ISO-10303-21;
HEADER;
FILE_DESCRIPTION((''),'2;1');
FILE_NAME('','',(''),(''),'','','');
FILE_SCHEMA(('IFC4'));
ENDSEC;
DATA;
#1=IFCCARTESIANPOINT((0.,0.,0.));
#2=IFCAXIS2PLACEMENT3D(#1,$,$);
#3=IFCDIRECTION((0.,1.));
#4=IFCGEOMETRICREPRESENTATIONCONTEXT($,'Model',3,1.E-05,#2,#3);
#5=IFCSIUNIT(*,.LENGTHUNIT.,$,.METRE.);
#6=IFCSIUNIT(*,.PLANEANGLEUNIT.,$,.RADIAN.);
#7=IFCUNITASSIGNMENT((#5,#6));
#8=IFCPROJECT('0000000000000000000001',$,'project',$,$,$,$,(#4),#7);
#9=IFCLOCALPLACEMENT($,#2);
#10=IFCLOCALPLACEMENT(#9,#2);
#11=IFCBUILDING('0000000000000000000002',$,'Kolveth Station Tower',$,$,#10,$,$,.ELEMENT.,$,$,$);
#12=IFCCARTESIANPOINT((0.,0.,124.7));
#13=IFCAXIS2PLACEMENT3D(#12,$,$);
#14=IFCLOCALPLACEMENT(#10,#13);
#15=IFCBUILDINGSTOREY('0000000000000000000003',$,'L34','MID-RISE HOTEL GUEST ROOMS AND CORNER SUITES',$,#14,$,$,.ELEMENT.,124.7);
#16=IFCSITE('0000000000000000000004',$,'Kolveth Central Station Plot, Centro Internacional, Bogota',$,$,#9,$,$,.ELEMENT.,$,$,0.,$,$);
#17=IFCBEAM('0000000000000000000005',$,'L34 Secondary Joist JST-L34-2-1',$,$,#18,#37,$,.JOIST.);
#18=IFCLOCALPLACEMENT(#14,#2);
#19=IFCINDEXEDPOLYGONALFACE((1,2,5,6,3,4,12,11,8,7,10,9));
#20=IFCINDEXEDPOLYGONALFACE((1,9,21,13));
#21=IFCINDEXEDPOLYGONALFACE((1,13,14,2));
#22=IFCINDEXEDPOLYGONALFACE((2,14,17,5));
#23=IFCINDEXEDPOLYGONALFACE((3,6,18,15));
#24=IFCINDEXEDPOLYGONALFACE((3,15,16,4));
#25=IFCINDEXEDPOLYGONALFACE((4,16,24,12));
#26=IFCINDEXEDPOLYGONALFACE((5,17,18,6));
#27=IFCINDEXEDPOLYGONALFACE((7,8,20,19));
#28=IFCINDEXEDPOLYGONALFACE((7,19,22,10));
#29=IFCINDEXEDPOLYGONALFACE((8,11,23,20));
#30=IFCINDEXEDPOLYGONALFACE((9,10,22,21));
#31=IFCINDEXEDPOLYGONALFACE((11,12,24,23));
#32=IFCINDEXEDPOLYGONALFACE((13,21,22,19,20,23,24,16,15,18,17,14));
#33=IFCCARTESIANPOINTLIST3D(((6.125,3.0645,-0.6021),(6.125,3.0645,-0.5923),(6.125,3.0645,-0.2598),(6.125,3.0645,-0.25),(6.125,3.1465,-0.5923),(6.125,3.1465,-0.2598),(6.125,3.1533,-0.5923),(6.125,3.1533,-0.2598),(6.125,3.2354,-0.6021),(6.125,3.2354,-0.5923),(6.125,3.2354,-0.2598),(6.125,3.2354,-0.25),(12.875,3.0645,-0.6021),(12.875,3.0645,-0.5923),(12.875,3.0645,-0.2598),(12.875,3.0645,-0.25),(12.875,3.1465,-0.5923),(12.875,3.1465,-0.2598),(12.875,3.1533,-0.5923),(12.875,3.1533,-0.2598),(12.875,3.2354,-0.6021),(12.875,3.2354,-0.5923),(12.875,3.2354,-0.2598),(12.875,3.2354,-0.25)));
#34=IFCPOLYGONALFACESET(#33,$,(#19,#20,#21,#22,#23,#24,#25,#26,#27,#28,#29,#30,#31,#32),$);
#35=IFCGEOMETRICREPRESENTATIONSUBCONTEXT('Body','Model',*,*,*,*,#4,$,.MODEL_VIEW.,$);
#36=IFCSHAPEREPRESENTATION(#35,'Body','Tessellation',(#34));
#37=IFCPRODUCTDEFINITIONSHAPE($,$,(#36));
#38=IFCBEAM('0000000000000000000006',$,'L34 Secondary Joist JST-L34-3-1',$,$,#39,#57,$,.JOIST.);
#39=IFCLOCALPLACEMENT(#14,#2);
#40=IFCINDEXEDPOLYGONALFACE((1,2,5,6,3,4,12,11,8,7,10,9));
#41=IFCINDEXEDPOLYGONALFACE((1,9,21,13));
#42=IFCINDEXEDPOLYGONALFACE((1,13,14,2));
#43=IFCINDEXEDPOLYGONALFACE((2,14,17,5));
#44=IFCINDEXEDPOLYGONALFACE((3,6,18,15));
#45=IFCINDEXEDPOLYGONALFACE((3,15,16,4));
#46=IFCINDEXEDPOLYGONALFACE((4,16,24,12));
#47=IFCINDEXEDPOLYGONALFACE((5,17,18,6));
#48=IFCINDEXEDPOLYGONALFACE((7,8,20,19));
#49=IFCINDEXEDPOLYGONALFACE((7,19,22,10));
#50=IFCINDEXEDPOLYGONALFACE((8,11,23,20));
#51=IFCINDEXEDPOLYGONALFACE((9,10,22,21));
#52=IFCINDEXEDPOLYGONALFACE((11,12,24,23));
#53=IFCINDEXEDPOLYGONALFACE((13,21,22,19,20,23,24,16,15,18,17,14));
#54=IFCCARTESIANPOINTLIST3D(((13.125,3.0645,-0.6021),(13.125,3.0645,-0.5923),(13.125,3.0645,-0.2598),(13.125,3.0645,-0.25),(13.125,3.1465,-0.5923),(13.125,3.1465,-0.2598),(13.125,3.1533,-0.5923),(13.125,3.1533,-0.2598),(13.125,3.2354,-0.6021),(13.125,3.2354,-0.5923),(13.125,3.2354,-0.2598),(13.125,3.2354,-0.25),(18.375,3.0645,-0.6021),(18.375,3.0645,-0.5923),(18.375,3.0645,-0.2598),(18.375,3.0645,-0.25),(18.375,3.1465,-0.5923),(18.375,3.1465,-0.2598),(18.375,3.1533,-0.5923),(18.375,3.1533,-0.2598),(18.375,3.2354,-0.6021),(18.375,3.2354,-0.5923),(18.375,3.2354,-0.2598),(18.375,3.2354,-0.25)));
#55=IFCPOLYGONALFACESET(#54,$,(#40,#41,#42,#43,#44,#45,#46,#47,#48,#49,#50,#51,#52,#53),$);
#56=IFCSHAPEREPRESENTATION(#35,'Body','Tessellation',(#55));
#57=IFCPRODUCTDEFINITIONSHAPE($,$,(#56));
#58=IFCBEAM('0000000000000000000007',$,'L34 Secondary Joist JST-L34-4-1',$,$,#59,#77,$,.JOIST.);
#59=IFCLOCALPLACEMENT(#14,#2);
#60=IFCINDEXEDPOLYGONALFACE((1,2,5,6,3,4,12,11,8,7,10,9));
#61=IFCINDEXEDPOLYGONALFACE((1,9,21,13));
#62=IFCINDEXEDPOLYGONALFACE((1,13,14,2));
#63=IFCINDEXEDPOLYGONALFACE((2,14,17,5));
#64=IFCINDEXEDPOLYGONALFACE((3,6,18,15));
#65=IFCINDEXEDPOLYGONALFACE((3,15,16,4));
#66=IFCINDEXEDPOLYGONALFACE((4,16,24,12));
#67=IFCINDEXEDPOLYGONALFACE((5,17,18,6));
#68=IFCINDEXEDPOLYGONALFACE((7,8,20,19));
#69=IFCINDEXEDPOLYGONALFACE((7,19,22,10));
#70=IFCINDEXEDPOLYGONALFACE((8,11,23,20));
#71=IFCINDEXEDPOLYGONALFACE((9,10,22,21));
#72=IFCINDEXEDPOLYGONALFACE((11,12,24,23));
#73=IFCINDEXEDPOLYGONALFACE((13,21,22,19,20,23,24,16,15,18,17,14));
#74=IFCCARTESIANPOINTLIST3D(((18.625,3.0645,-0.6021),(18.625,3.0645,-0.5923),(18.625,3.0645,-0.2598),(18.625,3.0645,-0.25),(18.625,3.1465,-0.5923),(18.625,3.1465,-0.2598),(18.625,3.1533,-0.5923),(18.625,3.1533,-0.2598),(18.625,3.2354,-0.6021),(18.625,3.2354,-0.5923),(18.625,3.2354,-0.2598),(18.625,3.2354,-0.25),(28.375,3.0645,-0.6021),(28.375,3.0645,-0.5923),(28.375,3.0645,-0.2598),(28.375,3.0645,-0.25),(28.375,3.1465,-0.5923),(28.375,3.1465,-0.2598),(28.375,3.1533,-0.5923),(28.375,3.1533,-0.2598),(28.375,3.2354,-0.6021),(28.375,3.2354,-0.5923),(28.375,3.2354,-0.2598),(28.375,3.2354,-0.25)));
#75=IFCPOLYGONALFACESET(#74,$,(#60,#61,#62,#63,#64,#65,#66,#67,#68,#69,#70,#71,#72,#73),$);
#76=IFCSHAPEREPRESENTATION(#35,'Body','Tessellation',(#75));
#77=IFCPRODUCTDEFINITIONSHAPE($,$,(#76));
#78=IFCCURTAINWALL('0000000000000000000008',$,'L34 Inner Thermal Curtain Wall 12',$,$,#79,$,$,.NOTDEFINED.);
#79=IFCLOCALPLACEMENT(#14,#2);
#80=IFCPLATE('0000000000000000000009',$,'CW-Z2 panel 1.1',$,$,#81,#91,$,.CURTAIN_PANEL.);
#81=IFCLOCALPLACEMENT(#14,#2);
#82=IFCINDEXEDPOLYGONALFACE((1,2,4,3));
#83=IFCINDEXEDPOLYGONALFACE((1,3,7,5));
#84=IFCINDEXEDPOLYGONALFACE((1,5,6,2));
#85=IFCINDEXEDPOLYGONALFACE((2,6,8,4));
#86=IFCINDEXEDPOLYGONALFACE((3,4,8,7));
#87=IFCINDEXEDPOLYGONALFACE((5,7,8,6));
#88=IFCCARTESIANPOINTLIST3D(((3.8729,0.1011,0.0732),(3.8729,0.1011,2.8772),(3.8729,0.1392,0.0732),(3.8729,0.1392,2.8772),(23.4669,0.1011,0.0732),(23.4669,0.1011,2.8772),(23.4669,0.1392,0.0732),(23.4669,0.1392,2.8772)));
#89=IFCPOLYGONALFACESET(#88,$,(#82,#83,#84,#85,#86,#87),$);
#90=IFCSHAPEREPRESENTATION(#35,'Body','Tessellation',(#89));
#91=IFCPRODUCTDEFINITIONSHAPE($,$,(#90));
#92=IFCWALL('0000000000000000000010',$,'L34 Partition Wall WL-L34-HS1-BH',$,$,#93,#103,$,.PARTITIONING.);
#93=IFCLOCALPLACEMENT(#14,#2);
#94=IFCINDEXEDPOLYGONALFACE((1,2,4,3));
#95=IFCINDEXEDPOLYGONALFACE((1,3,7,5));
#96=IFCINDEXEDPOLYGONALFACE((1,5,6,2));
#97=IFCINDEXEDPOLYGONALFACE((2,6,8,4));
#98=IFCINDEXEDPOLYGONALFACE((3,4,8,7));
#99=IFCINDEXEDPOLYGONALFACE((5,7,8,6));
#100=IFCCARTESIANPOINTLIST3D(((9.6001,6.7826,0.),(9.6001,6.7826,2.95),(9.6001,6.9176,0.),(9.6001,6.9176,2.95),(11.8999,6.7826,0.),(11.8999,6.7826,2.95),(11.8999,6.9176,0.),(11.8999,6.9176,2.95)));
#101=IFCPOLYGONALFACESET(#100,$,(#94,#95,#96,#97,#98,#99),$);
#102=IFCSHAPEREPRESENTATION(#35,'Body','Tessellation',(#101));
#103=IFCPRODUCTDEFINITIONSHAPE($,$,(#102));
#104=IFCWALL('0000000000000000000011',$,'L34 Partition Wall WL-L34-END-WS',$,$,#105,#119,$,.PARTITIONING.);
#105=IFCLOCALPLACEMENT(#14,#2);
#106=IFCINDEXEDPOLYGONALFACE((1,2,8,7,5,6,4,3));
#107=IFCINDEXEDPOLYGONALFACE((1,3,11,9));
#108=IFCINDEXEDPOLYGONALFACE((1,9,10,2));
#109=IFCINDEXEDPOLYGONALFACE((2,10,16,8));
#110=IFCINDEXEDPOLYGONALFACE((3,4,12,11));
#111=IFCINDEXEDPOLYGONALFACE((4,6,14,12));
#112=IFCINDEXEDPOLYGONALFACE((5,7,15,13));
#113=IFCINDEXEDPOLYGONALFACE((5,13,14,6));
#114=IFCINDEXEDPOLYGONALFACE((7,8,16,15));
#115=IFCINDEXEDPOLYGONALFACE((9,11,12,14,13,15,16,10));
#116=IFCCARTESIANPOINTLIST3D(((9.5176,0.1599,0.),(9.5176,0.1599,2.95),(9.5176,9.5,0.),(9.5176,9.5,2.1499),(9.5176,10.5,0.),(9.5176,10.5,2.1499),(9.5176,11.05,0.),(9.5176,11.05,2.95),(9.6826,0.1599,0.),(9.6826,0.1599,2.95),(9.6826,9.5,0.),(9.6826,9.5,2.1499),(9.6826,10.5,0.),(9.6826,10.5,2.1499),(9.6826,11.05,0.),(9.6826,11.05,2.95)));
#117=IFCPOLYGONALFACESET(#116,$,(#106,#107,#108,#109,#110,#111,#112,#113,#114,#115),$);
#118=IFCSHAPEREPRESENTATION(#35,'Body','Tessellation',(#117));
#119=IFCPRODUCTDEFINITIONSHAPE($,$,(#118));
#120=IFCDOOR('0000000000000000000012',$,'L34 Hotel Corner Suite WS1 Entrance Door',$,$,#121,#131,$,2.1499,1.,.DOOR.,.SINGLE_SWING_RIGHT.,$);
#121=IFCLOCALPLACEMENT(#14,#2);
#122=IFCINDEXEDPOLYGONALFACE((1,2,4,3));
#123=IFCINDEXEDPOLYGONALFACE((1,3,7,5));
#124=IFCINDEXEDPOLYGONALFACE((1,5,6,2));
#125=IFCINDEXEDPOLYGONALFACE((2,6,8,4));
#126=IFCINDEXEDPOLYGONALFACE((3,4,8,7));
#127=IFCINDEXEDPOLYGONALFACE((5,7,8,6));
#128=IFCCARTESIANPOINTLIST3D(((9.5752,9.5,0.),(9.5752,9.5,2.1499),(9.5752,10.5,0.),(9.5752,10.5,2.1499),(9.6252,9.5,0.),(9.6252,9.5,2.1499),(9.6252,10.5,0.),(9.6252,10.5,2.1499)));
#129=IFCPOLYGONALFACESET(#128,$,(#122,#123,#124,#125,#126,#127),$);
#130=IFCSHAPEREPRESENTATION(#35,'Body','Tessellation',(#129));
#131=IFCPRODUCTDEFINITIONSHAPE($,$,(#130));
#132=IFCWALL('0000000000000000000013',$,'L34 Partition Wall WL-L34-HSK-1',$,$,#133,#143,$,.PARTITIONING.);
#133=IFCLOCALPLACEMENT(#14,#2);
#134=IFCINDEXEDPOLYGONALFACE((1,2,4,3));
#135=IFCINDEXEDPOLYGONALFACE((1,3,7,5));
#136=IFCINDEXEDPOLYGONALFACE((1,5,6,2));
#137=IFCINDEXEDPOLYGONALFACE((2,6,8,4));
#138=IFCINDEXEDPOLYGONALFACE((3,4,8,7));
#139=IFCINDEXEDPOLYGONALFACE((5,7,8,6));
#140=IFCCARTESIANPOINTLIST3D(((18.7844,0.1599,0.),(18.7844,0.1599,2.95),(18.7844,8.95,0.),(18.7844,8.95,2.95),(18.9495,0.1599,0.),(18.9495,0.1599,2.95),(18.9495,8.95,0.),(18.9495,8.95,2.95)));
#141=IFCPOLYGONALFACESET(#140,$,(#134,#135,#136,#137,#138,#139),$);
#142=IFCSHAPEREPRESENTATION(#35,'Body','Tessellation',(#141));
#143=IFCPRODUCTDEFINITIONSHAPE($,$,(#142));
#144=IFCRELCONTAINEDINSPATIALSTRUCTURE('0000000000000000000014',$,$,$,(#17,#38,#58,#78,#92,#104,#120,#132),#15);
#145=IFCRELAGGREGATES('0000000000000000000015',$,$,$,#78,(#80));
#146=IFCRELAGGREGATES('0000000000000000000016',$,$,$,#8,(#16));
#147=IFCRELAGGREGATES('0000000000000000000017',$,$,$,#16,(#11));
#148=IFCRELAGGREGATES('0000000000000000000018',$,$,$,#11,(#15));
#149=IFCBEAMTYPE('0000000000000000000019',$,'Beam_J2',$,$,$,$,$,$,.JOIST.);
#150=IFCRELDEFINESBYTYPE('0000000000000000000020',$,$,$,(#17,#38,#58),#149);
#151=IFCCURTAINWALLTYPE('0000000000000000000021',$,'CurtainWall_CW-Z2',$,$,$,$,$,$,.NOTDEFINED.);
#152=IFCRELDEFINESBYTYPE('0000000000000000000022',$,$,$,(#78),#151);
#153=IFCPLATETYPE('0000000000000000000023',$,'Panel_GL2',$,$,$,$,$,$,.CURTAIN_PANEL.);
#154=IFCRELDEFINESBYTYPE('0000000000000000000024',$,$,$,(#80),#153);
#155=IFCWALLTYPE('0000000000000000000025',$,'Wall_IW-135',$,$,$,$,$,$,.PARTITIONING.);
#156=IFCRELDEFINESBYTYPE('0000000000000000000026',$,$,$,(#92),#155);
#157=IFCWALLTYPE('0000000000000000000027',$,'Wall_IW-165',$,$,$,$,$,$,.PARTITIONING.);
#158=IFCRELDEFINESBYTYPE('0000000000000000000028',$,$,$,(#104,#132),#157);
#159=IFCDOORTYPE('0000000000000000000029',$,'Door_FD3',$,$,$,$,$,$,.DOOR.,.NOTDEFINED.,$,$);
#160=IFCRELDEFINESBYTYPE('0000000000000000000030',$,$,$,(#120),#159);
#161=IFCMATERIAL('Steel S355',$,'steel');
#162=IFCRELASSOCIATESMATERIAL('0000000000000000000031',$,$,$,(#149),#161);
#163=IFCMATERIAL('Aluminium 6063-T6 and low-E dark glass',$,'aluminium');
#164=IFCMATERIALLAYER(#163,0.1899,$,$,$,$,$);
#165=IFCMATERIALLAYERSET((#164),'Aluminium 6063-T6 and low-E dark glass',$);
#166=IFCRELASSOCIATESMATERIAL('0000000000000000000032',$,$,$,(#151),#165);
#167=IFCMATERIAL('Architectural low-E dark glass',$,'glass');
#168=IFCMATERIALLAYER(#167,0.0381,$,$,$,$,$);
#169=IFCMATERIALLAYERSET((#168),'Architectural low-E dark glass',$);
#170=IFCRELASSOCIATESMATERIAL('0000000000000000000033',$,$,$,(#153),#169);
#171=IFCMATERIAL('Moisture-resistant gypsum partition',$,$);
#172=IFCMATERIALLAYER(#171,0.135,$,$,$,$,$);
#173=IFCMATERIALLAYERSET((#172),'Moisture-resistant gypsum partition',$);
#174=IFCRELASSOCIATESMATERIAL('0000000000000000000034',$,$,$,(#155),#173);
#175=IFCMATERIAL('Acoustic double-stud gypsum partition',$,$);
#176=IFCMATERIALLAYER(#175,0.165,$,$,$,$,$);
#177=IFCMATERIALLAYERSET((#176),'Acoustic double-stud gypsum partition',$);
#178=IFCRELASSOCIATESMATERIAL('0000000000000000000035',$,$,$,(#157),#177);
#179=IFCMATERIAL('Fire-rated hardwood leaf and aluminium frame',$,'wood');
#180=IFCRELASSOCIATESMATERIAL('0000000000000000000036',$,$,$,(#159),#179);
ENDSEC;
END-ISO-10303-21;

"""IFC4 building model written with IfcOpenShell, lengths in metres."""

from ifc_helpers import new_model, si_unit, direction, frame, frame_2d, origin, origin_2d, place, context, subcontext, project, spatial, rectangle, i_section, extrude, source, transform, mapped, material, layer, layer_set, material_profile, profile_set, type_object, element, fill, aggregate, save


model = new_model("IFC4")

# Units and contexts
model_context = context("Model", 3, precision=1e-05, world=origin(), true_north=direction((0.0, 1.0)))
body_context = subcontext(model_context, "Body", "Model", "MODEL_VIEW")
ifc_project = project(units=[si_unit("LENGTHUNIT", "METRE"), si_unit("PLANEANGLEUNIT", "RADIAN")], contexts=[model_context])

# Site, building, storey
site_placement = place(None, origin())
site = spatial("IfcSite", under=ifc_project, at=site_placement, Name="Kolveth Central Station Plot, Centro Internacional, Bogota", CompositionType="ELEMENT", RefElevation=0.0)
building_placement = place(site_placement, origin())
building = spatial("IfcBuilding", under=site, at=building_placement, Name="Kolveth Station Tower", CompositionType="ELEMENT")
storey_placement = place(building_placement, frame((0.0, 0.0, 124.7)))
storey = spatial("IfcBuildingStorey", under=building, at=storey_placement, Name="L34", Description="MID-RISE HOTEL GUEST ROOMS AND CORNER SUITES", CompositionType="ELEMENT", Elevation=124.7)

# Beams
ifc_material_1 = material(Name="Steel S355", Category="steel")
ifc_material_profile_1 = material_profile(ifc_material_1, i_section(OverallWidth=0.1709, OverallDepth=0.3521, WebThickness=0.0068, FlangeThickness=0.0098, at=origin_2d()), Name="W360x44")
ifc_profile_set_1 = profile_set([ifc_material_profile_1], Name="Steel S355")
beam_type_1 = type_object("IfcBeamType", Name="Beam_J2", PredefinedType="JOIST", material=ifc_profile_set_1)
shared_shape_1 = source(origin(), body_context, "Body", "SweptSolid", [
    extrude(i_section(OverallWidth=0.1709, OverallDepth=0.3521, WebThickness=0.0068, FlangeThickness=0.0098, at=origin_2d()), origin(), (0.0, 0.0, 1.0), 6.75),
])
beam_1_placement = place(storey_placement, frame((6.125, 3.1499, -0.426), z_axis=(1.0, 0.0, 0.0), x_axis=(0.0, 1.0, 0.0)))
element("IfcBeam", 1, at=beam_1_placement, inside=storey, type_object=beam_type_1, Name="L34 Secondary Joist JST-L34-2-1", PredefinedType="JOIST", context=body_context, shape_type="MappedRepresentation", body=[
    mapped(shared_shape_1, transform((0.0, 0.0, 0.0), x_axis=(1.0, 0.0, 0.0), y_axis=(0.0, 1.0, 0.0), z_axis=(0.0, 0.0, 1.0), scale=1.0)),
])
shared_shape_2 = source(origin(), body_context, "Body", "SweptSolid", [
    extrude(i_section(OverallWidth=0.1709, OverallDepth=0.3521, WebThickness=0.0068, FlangeThickness=0.0098, at=origin_2d()), origin(), (0.0, 0.0, 1.0), 5.25),
])
beam_2_placement = place(storey_placement, frame((13.125, 3.1499, -0.426), z_axis=(1.0, 0.0, 0.0), x_axis=(0.0, 1.0, 0.0)))
element("IfcBeam", 2, at=beam_2_placement, inside=storey, type_object=beam_type_1, Name="L34 Secondary Joist JST-L34-3-1", PredefinedType="JOIST", context=body_context, shape_type="MappedRepresentation", body=[
    mapped(shared_shape_2, transform((0.0, 0.0, 0.0), x_axis=(1.0, 0.0, 0.0), y_axis=(0.0, 1.0, 0.0), z_axis=(0.0, 0.0, 1.0), scale=1.0)),
])
shared_shape_3 = source(origin(), body_context, "Body", "SweptSolid", [
    extrude(i_section(OverallWidth=0.1709, OverallDepth=0.3521, WebThickness=0.0068, FlangeThickness=0.0098, at=origin_2d()), origin(), (0.0, 0.0, 1.0), 9.75),
])
beam_3_placement = place(storey_placement, frame((18.625, 3.1499, -0.426), z_axis=(1.0, 0.0, 0.0), x_axis=(0.0, 1.0, 0.0)))
element("IfcBeam", 3, at=beam_3_placement, inside=storey, type_object=beam_type_1, Name="L34 Secondary Joist JST-L34-4-1", PredefinedType="JOIST", context=body_context, shape_type="MappedRepresentation", body=[
    mapped(shared_shape_3, transform((0.0, 0.0, 0.0), x_axis=(1.0, 0.0, 0.0), y_axis=(0.0, 1.0, 0.0), z_axis=(0.0, 0.0, 1.0), scale=1.0)),
])

# Curtain wall, plate
ifc_material_2 = material(Name="Aluminium 6063-T6 and low-E dark glass", Category="aluminium")
ifc_layer_1 = layer(ifc_material_2, 0.1899)
ifc_layer_set_1 = layer_set([ifc_layer_1], Name="Aluminium 6063-T6 and low-E dark glass")
curtain_wall_type = type_object("IfcCurtainWallType", Name="CurtainWall_CW-Z2", PredefinedType="NOTDEFINED", material=ifc_layer_set_1)
curtain_wall_placement = place(storey_placement, origin())
curtain_wall = element("IfcCurtainWall", 4, at=curtain_wall_placement, inside=storey, type_object=curtain_wall_type, Name="L34 Inner Thermal Curtain Wall 12", PredefinedType="NOTDEFINED")
ifc_material_3 = material(Name="Architectural low-E dark glass", Category="glass")
ifc_layer_2 = layer(ifc_material_3, 0.0381)
ifc_layer_set_2 = layer_set([ifc_layer_2], Name="Architectural low-E dark glass")
plate_type = type_object("IfcPlateType", Name="Panel_GL2", PredefinedType="CURTAIN_PANEL", material=ifc_layer_set_2)
shared_shape_4 = source(origin(), body_context, "Body", "SweptSolid", [
    extrude(rectangle(XDim=19.594, YDim=0.0381, at=origin_2d()), origin(), (0.0, 0.0, 1.0), 2.804),
])
plate_placement = place(storey_placement, frame((13.6699, 0.1201, 0.0732), z_axis=(0.0, 0.0, 1.0), x_axis=(1.0, 0.0, 0.0)))
plate = element("IfcPlate", 5, at=plate_placement, type_object=plate_type, Name="CW-Z2 panel 1.1", PredefinedType="CURTAIN_PANEL", context=body_context, shape_type="MappedRepresentation", body=[
    mapped(shared_shape_4, transform((0.0, 0.0, 0.0), x_axis=(1.0, 0.0, 0.0), y_axis=(0.0, 1.0, 0.0), z_axis=(0.0, 0.0, 1.0), scale=1.0)),
])
aggregate(curtain_wall, [plate])

# Wall
ifc_material_4 = material(Name="Moisture-resistant gypsum partition")
ifc_layer_3 = layer(ifc_material_4, 0.135)
ifc_layer_set_3 = layer_set([ifc_layer_3], Name="Moisture-resistant gypsum partition")
wall_type_1 = type_object("IfcWallType", Name="Wall_IW-135", PredefinedType="PARTITIONING", material=ifc_layer_set_3)
wall_1_placement = place(storey_placement, frame((9.6001, 6.8501, 0.0), z_axis=(0.0, 0.0, 1.0), x_axis=(1.0, 0.0, 0.0)))
element("IfcWall", 6, at=wall_1_placement, inside=storey, type_object=wall_type_1, Name="L34 Partition Wall WL-L34-HS1-BH", PredefinedType="PARTITIONING", context=body_context, shape_type="SweptSolid", body=[
    extrude(rectangle(XDim=2.2998, YDim=0.135, at=frame_2d((1.1499, 0.0))), origin(), (0.0, 0.0, 1.0), 2.95),
])

# Wall, opening, door
ifc_material_5 = material(Name="Acoustic double-stud gypsum partition")
ifc_layer_4 = layer(ifc_material_5, 0.165)
ifc_layer_set_4 = layer_set([ifc_layer_4], Name="Acoustic double-stud gypsum partition")
wall_type_2 = type_object("IfcWallType", Name="Wall_IW-165", PredefinedType="PARTITIONING", material=ifc_layer_set_4)
wall_2_placement = place(storey_placement, frame((9.6001, 0.1599, 0.0), z_axis=(0.0, 0.0, 1.0), x_axis=(0.0, 1.0, 0.0)))
wall_2 = element("IfcWall", 7, at=wall_2_placement, inside=storey, type_object=wall_type_2, Name="L34 Partition Wall WL-L34-END-WS", PredefinedType="PARTITIONING", context=body_context, shape_type="SweptSolid", body=[
    extrude(rectangle(XDim=10.8901, YDim=0.165, at=frame_2d((5.4451, 0.0))), origin(), (0.0, 0.0, 1.0), 2.95),
])
opening_placement = place(wall_2_placement, frame((9.3401, 0.0, 0.0)))
opening = element("IfcOpeningElement", 8, at=opening_placement, cuts=wall_2, PredefinedType="OPENING", context=body_context, shape_type="SweptSolid", body=[
    extrude(rectangle(XDim=1.0, YDim=2.1499, at=frame_2d((0.5, 1.075))), frame((0.0, 0.0925, 0.0), z_axis=(0.0, -1.0, 0.0), x_axis=(1.0, 0.0, 0.0)), (0.0, 0.0, 1.0), 0.1851),
])
ifc_material_6 = material(Name="Fire-rated hardwood leaf and aluminium frame", Category="wood")
door_type = type_object("IfcDoorType", Name="Door_FD3", OperationType="NOTDEFINED", PredefinedType="DOOR", material=ifc_material_6)
door_placement = place(opening_placement, origin())
door = element("IfcDoor", 9, at=door_placement, inside=storey, type_object=door_type, Name="L34 Hotel Corner Suite WS1 Entrance Door", OperationType="SINGLE_SWING_RIGHT", OverallHeight=2.1499, OverallWidth=1.0, PredefinedType="DOOR", context=body_context, shape_type="SweptSolid", body=[
    extrude(rectangle(XDim=1.0, YDim=2.1499, at=frame_2d((0.5, 1.075))), frame((0.0, 0.0249, 0.0), z_axis=(0.0, -1.0, 0.0), x_axis=(1.0, 0.0, 0.0)), (0.0, 0.0, 1.0), 0.05),
])
fill(opening, door)

# Wall
wall_3_placement = place(storey_placement, frame((18.8669, 0.1599, 0.0), z_axis=(0.0, 0.0, 1.0), x_axis=(0.0, 1.0, 0.0)))
element("IfcWall", 10, at=wall_3_placement, inside=storey, type_object=wall_type_2, Name="L34 Partition Wall WL-L34-HSK-1", PredefinedType="PARTITIONING", context=body_context, shape_type="SweptSolid", body=[
    extrude(rectangle(XDim=8.79, YDim=0.165, at=frame_2d((4.395, 0.0))), origin(), (0.0, 0.0, 1.0), 2.95),
])

save(model, "model.ifc")
